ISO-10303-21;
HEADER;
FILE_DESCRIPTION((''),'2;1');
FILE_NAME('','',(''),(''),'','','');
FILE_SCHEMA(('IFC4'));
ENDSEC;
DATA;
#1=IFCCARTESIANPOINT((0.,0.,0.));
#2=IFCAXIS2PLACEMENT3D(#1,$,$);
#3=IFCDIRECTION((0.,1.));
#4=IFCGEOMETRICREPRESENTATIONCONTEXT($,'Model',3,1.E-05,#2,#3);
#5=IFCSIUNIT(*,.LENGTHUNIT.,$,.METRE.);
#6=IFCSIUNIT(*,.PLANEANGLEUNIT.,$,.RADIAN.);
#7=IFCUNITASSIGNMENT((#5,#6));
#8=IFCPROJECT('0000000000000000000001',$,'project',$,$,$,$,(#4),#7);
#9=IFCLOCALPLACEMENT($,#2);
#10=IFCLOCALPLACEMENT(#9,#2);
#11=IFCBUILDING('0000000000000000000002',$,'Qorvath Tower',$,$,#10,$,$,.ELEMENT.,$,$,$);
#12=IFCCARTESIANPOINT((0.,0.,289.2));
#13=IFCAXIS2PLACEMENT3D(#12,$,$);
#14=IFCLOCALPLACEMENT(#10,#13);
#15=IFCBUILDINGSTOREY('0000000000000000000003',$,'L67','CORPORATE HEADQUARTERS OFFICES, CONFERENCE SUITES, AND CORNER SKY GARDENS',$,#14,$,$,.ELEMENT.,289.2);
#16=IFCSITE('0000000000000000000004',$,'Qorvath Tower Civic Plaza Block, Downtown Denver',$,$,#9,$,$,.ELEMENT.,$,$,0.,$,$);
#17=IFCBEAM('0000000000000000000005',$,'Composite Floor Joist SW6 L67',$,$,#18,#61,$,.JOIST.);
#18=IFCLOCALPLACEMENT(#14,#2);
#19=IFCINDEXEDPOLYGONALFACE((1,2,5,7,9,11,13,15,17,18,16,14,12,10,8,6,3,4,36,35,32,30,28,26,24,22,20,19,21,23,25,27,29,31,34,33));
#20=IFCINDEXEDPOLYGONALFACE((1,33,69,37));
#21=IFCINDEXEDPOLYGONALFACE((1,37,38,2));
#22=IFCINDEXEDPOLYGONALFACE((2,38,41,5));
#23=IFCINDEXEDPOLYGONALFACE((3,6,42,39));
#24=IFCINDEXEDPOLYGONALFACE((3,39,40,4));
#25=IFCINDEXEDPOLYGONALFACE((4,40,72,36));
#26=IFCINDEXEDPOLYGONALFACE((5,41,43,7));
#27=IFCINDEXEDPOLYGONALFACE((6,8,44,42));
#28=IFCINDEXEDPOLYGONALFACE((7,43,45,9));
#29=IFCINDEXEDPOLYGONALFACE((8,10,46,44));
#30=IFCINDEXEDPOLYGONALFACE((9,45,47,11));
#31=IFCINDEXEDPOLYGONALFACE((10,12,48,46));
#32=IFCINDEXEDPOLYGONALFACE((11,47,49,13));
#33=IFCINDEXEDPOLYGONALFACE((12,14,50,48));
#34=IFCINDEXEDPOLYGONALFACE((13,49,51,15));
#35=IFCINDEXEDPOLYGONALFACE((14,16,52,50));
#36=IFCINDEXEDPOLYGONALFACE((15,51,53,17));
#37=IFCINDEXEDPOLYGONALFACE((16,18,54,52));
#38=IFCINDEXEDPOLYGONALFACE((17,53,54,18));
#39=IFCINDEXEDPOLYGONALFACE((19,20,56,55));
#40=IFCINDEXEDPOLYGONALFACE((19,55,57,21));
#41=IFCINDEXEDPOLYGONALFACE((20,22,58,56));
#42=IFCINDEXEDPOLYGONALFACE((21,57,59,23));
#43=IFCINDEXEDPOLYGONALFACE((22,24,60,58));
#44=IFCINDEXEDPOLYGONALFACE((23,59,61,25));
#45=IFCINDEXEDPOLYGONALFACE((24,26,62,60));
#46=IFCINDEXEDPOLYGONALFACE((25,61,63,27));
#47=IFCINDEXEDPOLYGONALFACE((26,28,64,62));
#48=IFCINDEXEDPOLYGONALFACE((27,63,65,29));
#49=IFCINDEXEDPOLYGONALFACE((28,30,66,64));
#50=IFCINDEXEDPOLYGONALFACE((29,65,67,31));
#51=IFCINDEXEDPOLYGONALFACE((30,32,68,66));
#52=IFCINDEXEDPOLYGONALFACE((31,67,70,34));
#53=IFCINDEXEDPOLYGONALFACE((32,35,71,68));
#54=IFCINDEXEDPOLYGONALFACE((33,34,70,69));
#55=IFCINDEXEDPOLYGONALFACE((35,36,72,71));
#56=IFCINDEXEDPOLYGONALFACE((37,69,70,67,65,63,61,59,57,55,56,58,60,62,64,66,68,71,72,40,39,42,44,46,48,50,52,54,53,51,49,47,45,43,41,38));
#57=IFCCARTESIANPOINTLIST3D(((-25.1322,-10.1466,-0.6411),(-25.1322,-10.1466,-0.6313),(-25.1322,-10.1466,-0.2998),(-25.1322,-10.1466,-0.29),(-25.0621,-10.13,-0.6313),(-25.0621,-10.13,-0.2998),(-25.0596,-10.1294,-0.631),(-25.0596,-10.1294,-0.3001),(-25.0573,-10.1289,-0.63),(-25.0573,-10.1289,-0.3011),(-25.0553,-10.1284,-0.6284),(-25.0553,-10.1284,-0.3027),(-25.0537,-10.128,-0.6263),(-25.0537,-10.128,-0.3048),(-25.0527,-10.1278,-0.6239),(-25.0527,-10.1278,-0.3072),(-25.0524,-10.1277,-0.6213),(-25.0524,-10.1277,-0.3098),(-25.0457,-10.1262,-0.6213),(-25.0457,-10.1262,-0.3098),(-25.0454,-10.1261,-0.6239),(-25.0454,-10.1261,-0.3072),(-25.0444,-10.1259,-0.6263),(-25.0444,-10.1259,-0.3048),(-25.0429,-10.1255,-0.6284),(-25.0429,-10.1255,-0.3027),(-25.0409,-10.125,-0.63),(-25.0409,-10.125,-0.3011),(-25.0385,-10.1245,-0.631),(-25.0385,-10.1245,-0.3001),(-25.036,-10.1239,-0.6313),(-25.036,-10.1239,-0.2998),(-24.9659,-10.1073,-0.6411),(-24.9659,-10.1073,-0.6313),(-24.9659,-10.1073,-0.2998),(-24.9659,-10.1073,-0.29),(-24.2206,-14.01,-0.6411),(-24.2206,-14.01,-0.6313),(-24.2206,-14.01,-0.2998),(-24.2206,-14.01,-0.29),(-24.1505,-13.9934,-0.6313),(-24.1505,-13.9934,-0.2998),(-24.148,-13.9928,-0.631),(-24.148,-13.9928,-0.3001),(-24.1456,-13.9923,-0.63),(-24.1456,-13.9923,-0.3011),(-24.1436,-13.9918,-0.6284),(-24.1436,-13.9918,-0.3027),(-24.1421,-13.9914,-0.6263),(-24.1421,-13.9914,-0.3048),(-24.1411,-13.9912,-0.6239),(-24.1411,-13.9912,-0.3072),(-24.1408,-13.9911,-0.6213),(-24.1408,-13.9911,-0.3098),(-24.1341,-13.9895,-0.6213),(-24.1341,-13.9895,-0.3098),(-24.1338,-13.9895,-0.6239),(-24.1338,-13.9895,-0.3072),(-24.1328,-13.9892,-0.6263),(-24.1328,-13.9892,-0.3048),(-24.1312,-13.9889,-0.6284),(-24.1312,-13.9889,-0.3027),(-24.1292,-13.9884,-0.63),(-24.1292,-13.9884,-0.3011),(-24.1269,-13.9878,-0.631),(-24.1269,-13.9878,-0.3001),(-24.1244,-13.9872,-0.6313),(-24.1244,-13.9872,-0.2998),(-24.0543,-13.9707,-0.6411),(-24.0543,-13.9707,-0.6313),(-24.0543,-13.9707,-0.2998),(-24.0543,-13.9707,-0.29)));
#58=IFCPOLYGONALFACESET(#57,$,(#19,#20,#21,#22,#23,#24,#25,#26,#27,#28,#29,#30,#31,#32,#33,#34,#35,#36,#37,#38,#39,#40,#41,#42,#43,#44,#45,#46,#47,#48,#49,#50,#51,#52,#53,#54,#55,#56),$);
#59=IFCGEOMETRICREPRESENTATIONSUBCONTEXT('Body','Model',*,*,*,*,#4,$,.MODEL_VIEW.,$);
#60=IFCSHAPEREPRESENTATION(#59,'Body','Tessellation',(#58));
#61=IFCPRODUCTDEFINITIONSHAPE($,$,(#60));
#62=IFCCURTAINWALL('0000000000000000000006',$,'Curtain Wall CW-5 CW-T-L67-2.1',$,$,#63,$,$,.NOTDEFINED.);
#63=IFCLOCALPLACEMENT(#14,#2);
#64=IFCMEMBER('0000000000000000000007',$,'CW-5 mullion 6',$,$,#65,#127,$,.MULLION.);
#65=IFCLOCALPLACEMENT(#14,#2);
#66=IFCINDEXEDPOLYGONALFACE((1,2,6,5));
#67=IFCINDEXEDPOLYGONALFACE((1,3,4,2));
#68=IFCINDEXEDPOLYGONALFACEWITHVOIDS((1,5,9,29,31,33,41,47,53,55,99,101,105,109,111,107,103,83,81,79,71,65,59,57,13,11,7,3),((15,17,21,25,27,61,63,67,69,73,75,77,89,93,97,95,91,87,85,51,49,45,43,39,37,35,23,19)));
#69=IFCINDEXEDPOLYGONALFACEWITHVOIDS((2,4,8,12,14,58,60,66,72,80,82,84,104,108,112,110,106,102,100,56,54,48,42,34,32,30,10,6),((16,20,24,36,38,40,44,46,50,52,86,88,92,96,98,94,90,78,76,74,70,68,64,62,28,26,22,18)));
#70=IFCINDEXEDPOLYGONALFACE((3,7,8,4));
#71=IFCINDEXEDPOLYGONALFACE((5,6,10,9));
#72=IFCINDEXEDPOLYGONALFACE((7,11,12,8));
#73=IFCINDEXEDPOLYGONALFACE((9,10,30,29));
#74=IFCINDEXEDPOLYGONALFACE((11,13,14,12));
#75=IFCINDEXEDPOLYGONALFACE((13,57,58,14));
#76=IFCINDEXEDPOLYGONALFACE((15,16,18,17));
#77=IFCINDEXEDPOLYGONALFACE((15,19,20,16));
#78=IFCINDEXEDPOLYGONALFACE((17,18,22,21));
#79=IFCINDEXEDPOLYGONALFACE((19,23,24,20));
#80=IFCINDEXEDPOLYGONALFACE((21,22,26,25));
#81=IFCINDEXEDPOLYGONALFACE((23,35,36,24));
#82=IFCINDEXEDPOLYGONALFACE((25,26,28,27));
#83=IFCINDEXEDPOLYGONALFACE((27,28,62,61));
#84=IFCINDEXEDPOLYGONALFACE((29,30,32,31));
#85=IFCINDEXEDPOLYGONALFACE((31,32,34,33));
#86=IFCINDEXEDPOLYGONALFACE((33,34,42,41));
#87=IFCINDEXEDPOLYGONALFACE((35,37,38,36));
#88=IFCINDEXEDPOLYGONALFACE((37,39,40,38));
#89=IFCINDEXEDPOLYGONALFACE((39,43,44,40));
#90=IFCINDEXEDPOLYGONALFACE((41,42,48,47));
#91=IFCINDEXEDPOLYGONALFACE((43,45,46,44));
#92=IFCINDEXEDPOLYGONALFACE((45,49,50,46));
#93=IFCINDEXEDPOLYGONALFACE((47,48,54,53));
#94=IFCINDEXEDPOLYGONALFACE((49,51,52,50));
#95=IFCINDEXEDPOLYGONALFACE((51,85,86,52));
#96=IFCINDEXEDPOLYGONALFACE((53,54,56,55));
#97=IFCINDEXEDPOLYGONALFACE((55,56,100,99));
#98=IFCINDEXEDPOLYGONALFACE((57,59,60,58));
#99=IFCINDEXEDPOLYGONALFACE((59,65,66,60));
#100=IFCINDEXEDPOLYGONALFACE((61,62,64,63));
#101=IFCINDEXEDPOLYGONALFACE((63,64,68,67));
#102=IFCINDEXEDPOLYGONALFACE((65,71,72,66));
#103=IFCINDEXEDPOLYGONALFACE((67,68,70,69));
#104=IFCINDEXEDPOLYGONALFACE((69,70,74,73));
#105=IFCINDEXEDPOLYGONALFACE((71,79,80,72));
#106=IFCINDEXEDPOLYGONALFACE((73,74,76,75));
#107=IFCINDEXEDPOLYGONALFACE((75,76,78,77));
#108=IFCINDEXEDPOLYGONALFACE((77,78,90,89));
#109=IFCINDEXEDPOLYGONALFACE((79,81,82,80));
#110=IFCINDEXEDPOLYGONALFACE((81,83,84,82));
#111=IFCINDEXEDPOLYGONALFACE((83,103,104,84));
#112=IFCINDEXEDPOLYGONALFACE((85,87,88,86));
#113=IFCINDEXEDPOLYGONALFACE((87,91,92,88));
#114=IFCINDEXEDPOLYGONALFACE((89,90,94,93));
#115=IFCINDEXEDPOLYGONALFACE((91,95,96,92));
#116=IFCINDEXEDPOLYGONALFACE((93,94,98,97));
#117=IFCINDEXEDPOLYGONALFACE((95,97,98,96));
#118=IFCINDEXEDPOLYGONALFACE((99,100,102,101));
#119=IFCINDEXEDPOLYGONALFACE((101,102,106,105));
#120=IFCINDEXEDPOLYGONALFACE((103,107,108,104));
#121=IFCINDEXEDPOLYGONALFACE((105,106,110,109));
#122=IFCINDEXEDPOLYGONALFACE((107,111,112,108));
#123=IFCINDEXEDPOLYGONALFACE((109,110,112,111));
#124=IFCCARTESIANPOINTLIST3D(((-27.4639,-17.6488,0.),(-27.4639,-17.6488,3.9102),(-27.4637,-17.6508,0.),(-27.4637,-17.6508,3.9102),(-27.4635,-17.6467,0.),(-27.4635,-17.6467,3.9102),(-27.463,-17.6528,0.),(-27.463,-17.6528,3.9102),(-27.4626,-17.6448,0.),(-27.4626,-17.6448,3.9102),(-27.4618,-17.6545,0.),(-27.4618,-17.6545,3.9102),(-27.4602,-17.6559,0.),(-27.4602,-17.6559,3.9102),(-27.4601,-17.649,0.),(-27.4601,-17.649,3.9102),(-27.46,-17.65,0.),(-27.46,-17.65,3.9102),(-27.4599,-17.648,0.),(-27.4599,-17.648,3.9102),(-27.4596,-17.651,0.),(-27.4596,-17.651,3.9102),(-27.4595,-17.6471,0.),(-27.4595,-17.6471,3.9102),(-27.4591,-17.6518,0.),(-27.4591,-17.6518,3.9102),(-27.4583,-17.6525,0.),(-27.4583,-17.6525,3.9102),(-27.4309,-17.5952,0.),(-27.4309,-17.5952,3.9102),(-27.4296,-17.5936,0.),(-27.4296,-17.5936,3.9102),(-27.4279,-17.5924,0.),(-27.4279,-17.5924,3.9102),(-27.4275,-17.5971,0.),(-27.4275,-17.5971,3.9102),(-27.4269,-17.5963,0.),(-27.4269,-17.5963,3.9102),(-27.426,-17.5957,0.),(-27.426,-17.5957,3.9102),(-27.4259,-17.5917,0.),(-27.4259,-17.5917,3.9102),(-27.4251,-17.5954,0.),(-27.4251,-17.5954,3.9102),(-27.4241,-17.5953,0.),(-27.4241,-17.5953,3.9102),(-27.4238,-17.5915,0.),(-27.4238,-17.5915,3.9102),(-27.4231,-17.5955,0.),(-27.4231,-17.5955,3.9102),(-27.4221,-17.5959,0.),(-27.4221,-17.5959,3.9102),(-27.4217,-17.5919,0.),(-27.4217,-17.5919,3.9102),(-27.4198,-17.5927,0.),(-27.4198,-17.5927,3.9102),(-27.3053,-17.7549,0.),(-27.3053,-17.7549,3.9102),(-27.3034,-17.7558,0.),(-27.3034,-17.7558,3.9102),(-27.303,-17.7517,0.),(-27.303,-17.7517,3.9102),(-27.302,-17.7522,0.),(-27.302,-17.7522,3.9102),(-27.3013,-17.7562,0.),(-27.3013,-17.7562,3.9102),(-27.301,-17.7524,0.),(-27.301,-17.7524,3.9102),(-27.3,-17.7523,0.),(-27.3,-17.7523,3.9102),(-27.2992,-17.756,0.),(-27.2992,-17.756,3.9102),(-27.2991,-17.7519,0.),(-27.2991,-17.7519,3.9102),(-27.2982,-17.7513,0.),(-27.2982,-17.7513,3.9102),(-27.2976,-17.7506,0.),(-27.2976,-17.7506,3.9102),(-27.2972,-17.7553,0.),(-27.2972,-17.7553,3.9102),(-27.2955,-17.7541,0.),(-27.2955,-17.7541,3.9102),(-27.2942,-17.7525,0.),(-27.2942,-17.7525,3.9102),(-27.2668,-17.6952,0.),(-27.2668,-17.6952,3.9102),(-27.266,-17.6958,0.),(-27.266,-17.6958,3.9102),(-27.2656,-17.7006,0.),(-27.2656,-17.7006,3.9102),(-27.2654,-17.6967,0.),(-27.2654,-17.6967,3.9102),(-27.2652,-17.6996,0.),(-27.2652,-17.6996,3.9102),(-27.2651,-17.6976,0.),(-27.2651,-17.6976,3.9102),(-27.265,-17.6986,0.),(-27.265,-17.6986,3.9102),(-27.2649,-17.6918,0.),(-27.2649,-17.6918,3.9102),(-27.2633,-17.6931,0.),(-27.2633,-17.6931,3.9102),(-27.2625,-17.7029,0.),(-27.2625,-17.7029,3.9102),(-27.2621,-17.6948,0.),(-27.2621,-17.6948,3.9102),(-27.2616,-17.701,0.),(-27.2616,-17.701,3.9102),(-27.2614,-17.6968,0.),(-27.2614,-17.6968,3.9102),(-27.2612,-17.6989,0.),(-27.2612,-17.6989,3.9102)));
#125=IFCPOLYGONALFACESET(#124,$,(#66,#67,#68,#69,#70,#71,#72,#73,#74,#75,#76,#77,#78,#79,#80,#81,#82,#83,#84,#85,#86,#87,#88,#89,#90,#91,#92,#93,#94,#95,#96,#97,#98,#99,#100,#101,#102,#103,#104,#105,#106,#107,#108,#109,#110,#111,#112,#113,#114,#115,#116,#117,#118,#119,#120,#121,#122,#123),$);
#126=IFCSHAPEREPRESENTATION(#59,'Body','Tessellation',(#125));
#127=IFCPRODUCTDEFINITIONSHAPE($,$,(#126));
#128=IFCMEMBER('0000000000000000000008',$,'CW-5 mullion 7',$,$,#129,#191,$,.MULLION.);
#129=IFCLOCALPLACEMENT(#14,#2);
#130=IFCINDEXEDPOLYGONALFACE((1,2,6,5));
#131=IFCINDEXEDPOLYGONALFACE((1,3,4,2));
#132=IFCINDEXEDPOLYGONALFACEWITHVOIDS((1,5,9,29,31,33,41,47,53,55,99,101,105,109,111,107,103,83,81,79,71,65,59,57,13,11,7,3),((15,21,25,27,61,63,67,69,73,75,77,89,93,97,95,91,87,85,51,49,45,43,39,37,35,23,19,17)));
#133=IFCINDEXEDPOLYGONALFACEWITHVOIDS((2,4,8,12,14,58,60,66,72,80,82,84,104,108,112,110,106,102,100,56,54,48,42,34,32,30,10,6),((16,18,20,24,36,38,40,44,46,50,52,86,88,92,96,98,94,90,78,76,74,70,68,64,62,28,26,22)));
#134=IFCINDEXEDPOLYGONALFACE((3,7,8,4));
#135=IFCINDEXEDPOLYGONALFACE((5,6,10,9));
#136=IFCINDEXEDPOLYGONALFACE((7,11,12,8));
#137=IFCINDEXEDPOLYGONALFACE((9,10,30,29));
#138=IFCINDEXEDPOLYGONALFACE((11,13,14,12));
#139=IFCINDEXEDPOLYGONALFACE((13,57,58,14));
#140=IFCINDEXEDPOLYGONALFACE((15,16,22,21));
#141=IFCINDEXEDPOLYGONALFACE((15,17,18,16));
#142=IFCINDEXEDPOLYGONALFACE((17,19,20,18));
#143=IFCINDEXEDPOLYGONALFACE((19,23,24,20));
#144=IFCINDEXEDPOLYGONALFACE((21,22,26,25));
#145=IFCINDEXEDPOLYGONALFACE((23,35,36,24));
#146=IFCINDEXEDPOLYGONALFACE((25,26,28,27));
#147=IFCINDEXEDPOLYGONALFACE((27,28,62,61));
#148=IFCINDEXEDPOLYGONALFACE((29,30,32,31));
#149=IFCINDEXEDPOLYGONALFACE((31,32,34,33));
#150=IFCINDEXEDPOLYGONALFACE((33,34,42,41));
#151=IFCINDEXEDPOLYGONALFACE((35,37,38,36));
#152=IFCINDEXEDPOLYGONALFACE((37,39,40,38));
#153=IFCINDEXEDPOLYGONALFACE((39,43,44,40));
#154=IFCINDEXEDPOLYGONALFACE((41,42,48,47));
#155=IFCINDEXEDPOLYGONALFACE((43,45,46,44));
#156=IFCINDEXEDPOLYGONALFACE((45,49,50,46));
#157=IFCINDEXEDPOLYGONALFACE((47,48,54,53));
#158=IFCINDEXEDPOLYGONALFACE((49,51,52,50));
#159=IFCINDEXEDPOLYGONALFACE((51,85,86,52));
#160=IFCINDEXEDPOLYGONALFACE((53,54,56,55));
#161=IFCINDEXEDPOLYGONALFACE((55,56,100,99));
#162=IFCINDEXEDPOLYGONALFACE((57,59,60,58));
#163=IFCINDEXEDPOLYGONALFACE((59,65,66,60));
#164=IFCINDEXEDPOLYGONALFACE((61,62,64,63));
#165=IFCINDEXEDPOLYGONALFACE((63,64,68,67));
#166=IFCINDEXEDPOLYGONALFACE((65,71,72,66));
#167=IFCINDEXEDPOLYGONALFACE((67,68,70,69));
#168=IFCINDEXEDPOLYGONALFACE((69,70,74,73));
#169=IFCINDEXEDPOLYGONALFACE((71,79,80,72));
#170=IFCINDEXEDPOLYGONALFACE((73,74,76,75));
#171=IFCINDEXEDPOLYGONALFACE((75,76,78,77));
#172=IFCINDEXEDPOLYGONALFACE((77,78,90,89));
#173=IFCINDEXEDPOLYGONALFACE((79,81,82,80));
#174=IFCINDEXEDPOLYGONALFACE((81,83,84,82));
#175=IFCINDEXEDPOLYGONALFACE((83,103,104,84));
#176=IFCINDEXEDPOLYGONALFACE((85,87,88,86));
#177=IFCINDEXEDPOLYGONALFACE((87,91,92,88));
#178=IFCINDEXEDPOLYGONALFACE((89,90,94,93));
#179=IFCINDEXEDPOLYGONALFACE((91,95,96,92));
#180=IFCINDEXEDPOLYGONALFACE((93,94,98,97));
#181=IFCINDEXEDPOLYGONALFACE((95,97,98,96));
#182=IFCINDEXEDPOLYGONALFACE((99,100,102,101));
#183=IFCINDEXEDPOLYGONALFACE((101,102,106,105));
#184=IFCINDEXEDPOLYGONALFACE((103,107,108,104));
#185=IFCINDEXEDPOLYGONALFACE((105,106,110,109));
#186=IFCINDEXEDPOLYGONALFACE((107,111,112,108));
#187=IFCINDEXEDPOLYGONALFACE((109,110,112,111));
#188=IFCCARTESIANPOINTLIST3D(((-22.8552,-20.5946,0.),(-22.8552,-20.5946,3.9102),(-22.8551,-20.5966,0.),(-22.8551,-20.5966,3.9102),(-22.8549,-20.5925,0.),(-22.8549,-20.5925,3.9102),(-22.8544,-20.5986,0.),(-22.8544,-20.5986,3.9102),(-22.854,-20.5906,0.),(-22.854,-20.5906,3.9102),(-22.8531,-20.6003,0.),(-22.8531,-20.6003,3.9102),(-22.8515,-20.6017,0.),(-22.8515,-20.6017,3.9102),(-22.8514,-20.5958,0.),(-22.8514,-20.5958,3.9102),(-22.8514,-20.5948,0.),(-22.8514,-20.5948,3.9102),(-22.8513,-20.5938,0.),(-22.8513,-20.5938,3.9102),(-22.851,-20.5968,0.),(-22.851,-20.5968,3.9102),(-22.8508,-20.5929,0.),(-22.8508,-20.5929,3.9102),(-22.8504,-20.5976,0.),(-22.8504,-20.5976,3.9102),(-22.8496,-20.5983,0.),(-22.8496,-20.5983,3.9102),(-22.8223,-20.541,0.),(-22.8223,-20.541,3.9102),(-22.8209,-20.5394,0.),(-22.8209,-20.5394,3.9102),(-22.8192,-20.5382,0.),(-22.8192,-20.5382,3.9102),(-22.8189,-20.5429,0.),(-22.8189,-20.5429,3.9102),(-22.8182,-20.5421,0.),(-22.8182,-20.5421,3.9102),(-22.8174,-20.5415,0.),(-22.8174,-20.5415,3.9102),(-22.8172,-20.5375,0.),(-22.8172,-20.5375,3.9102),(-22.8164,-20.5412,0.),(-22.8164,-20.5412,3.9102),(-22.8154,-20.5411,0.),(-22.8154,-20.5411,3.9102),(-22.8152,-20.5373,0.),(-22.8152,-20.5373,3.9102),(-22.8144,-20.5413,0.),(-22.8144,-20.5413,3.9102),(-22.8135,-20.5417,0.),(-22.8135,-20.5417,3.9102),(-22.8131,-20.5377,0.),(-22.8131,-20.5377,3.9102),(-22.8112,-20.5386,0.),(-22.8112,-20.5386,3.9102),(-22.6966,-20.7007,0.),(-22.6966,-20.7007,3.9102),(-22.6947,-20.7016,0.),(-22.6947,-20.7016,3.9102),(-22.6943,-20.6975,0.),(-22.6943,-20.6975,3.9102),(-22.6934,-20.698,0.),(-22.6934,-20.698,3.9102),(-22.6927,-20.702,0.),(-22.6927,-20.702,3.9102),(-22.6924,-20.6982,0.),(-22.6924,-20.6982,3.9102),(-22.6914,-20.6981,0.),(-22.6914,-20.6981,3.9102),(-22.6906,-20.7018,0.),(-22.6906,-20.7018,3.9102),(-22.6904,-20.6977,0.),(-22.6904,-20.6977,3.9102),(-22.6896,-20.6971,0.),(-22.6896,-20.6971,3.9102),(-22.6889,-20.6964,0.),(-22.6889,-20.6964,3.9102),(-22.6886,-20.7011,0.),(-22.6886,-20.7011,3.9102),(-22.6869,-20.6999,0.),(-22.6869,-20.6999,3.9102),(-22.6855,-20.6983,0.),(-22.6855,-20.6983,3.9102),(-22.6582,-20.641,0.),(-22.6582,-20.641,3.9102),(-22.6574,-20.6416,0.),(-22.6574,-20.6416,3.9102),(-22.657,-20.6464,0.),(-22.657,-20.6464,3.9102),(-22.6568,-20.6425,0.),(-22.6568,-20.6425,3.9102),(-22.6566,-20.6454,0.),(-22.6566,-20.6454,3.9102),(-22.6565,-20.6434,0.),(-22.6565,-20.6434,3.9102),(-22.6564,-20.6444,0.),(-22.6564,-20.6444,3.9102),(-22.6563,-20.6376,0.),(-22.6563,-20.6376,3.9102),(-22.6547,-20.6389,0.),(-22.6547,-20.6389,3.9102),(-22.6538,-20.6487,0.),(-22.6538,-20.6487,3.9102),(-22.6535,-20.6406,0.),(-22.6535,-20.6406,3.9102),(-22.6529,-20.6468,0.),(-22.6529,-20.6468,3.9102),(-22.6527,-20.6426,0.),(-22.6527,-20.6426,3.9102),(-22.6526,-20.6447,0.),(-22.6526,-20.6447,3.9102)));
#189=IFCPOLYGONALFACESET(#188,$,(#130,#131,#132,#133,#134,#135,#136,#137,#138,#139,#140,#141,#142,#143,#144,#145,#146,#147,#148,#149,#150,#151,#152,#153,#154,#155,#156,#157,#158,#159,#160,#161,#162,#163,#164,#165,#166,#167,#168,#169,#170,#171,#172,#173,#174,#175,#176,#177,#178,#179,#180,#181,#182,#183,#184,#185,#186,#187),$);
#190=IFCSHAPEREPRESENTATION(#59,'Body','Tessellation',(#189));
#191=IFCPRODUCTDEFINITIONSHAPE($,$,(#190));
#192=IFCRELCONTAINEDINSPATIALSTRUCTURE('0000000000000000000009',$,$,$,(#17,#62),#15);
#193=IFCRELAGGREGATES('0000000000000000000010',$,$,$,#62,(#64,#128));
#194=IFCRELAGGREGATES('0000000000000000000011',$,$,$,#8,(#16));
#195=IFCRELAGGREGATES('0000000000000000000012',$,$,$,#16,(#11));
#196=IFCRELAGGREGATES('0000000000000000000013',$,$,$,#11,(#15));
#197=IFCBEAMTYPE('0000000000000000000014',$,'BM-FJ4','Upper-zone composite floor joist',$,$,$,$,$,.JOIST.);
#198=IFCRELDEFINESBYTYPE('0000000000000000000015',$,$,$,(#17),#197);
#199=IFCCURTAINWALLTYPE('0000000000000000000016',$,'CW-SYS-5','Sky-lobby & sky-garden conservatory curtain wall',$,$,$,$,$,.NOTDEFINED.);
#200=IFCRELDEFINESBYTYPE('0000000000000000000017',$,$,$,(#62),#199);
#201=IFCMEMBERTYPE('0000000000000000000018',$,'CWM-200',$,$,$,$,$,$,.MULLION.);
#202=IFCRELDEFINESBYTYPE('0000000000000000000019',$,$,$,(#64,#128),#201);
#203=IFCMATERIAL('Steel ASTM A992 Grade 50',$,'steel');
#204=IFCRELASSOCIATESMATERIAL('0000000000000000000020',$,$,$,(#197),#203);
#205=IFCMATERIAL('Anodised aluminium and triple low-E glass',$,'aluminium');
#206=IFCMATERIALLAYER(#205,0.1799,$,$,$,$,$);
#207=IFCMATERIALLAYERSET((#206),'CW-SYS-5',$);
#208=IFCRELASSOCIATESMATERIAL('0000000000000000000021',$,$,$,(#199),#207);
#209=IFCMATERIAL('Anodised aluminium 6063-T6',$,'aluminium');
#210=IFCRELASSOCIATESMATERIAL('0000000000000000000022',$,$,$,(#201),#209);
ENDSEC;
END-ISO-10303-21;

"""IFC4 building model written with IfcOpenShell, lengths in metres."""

from ifc_helpers import new_model, si_unit, direction, frame, origin, origin_2d, place, context, subcontext, project, spatial, hollow_rectangle, i_section, extrude, material, layer, layer_set, material_profile, profile_set, type_object, element, aggregate, save


model = new_model("IFC4")

# Units and contexts
model_context = context("Model", 3, precision=1e-05, world=origin(), true_north=direction((0.0, 1.0)))
body_context = subcontext(model_context, "Body", "Model", "MODEL_VIEW")
ifc_project = project(units=[si_unit("LENGTHUNIT", "METRE"), si_unit("PLANEANGLEUNIT", "RADIAN")], contexts=[model_context])

# Site, building, storey
site_placement = place(None, origin())
site = spatial("IfcSite", under=ifc_project, at=site_placement, Name="Qorvath Tower Civic Plaza Block, Downtown Denver", CompositionType="ELEMENT", RefElevation=0.0)
building_placement = place(site_placement, origin())
building = spatial("IfcBuilding", under=site, at=building_placement, Name="Qorvath Tower", CompositionType="ELEMENT")
storey_placement = place(building_placement, frame((0.0, 0.0, 289.2)))
storey = spatial("IfcBuildingStorey", under=building, at=storey_placement, Name="L67", Description="CORPORATE HEADQUARTERS OFFICES, CONFERENCE SUITES, AND CORNER SKY GARDENS", CompositionType="ELEMENT", Elevation=289.2)

# Beam
ifc_material_1 = material(Name="Steel ASTM A992 Grade 50", Category="steel")
ifc_material_profile_1 = material_profile(ifc_material_1, i_section(OverallWidth=0.1709, OverallDepth=0.3511, WebThickness=0.0068, FlangeThickness=0.0098, FilletRadius=0.01, at=origin_2d()), Name="W14x30")
ifc_profile_set_1 = profile_set([ifc_material_profile_1], Name="Steel ASTM A992 Grade 50")
beam_type_1 = type_object("IfcBeamType", Name="BM-FJ4", Description="Upper-zone composite floor joist", PredefinedType="JOIST", material=ifc_profile_set_1)
beam_1_placement = place(storey_placement, frame((-25.0491, -10.127, -0.4656), z_axis=(0.229663, -0.97327, 0.0), x_axis=(0.97327, 0.229663, 0.0)))
element("IfcBeam", 1, at=beam_1_placement, inside=storey, type_object=beam_type_1, Name="Composite Floor Joist SW6 L67", PredefinedType="JOIST", context=body_context, shape_type="SweptSolid", body=[
    extrude(i_section(OverallWidth=0.1709, OverallDepth=0.3511, WebThickness=0.0068, FlangeThickness=0.0098, FilletRadius=0.01, at=origin_2d()), origin(), (0.0, 0.0, 1.0), 3.9695),
])

# Curtain wall, members
ifc_material_2 = material(Name="Anodised aluminium and triple low-E glass", Category="aluminium")
ifc_layer_1 = layer(ifc_material_2, 0.1799)
ifc_layer_set_1 = layer_set([ifc_layer_1], Name="CW-SYS-5")
curtain_wall_type = type_object("IfcCurtainWallType", Name="CW-SYS-5", Description="Sky-lobby & sky-garden conservatory curtain wall", PredefinedType="NOTDEFINED", material=ifc_layer_set_1)
curtain_wall_placement = place(storey_placement, origin())
curtain_wall = element("IfcCurtainWall", 2, at=curtain_wall_placement, inside=storey, type_object=curtain_wall_type, Name="Curtain Wall CW-5 CW-T-L67-2.1", PredefinedType="NOTDEFINED")
ifc_material_3 = material(Name="Anodised aluminium 6063-T6", Category="aluminium")
ifc_material_profile_2 = material_profile(ifc_material_3, hollow_rectangle(XDim=0.075, YDim=0.2, WallThickness=0.0039, InnerFilletRadius=0.0039, OuterFilletRadius=0.0081, at=origin_2d()), Name="CWM 200x75")
ifc_profile_set_2 = profile_set([ifc_material_profile_2], Name="Anodised aluminium 6063-T6")
member_type_1 = type_object("IfcMemberType", Name="CWM-200", PredefinedType="MULLION", material=ifc_profile_set_2)
member_1_placement = place(storey_placement, frame((-27.3625, -17.6738, 0.0), z_axis=(0.0, 0.0, 1.0), x_axis=(0.538537, 0.842602, 0.0)))
member_1 = element("IfcMember", 3, at=member_1_placement, type_object=member_type_1, Name="CW-5 mullion 6", PredefinedType="MULLION", context=body_context, shape_type="SweptSolid", body=[
    extrude(hollow_rectangle(XDim=0.075, YDim=0.2, WallThickness=0.0039, InnerFilletRadius=0.0039, OuterFilletRadius=0.0081, at=origin_2d()), origin(), (0.0, 0.0, 1.0), 3.9102),
])
member_2_placement = place(storey_placement, frame((-22.7539, -20.6196, 0.0), z_axis=(0.0, 0.0, 1.0), x_axis=(0.538537, 0.842602, 0.0)))
member_2 = element("IfcMember", 4, at=member_2_placement, type_object=member_type_1, Name="CW-5 mullion 7", PredefinedType="MULLION", context=body_context, shape_type="SweptSolid", body=[
    extrude(hollow_rectangle(XDim=0.075, YDim=0.2, WallThickness=0.0039, InnerFilletRadius=0.0039, OuterFilletRadius=0.0081, at=origin_2d()), origin(), (0.0, 0.0, 1.0), 3.9102),
])
aggregate(curtain_wall, [member_1, member_2])

save(model, "model.ifc")
